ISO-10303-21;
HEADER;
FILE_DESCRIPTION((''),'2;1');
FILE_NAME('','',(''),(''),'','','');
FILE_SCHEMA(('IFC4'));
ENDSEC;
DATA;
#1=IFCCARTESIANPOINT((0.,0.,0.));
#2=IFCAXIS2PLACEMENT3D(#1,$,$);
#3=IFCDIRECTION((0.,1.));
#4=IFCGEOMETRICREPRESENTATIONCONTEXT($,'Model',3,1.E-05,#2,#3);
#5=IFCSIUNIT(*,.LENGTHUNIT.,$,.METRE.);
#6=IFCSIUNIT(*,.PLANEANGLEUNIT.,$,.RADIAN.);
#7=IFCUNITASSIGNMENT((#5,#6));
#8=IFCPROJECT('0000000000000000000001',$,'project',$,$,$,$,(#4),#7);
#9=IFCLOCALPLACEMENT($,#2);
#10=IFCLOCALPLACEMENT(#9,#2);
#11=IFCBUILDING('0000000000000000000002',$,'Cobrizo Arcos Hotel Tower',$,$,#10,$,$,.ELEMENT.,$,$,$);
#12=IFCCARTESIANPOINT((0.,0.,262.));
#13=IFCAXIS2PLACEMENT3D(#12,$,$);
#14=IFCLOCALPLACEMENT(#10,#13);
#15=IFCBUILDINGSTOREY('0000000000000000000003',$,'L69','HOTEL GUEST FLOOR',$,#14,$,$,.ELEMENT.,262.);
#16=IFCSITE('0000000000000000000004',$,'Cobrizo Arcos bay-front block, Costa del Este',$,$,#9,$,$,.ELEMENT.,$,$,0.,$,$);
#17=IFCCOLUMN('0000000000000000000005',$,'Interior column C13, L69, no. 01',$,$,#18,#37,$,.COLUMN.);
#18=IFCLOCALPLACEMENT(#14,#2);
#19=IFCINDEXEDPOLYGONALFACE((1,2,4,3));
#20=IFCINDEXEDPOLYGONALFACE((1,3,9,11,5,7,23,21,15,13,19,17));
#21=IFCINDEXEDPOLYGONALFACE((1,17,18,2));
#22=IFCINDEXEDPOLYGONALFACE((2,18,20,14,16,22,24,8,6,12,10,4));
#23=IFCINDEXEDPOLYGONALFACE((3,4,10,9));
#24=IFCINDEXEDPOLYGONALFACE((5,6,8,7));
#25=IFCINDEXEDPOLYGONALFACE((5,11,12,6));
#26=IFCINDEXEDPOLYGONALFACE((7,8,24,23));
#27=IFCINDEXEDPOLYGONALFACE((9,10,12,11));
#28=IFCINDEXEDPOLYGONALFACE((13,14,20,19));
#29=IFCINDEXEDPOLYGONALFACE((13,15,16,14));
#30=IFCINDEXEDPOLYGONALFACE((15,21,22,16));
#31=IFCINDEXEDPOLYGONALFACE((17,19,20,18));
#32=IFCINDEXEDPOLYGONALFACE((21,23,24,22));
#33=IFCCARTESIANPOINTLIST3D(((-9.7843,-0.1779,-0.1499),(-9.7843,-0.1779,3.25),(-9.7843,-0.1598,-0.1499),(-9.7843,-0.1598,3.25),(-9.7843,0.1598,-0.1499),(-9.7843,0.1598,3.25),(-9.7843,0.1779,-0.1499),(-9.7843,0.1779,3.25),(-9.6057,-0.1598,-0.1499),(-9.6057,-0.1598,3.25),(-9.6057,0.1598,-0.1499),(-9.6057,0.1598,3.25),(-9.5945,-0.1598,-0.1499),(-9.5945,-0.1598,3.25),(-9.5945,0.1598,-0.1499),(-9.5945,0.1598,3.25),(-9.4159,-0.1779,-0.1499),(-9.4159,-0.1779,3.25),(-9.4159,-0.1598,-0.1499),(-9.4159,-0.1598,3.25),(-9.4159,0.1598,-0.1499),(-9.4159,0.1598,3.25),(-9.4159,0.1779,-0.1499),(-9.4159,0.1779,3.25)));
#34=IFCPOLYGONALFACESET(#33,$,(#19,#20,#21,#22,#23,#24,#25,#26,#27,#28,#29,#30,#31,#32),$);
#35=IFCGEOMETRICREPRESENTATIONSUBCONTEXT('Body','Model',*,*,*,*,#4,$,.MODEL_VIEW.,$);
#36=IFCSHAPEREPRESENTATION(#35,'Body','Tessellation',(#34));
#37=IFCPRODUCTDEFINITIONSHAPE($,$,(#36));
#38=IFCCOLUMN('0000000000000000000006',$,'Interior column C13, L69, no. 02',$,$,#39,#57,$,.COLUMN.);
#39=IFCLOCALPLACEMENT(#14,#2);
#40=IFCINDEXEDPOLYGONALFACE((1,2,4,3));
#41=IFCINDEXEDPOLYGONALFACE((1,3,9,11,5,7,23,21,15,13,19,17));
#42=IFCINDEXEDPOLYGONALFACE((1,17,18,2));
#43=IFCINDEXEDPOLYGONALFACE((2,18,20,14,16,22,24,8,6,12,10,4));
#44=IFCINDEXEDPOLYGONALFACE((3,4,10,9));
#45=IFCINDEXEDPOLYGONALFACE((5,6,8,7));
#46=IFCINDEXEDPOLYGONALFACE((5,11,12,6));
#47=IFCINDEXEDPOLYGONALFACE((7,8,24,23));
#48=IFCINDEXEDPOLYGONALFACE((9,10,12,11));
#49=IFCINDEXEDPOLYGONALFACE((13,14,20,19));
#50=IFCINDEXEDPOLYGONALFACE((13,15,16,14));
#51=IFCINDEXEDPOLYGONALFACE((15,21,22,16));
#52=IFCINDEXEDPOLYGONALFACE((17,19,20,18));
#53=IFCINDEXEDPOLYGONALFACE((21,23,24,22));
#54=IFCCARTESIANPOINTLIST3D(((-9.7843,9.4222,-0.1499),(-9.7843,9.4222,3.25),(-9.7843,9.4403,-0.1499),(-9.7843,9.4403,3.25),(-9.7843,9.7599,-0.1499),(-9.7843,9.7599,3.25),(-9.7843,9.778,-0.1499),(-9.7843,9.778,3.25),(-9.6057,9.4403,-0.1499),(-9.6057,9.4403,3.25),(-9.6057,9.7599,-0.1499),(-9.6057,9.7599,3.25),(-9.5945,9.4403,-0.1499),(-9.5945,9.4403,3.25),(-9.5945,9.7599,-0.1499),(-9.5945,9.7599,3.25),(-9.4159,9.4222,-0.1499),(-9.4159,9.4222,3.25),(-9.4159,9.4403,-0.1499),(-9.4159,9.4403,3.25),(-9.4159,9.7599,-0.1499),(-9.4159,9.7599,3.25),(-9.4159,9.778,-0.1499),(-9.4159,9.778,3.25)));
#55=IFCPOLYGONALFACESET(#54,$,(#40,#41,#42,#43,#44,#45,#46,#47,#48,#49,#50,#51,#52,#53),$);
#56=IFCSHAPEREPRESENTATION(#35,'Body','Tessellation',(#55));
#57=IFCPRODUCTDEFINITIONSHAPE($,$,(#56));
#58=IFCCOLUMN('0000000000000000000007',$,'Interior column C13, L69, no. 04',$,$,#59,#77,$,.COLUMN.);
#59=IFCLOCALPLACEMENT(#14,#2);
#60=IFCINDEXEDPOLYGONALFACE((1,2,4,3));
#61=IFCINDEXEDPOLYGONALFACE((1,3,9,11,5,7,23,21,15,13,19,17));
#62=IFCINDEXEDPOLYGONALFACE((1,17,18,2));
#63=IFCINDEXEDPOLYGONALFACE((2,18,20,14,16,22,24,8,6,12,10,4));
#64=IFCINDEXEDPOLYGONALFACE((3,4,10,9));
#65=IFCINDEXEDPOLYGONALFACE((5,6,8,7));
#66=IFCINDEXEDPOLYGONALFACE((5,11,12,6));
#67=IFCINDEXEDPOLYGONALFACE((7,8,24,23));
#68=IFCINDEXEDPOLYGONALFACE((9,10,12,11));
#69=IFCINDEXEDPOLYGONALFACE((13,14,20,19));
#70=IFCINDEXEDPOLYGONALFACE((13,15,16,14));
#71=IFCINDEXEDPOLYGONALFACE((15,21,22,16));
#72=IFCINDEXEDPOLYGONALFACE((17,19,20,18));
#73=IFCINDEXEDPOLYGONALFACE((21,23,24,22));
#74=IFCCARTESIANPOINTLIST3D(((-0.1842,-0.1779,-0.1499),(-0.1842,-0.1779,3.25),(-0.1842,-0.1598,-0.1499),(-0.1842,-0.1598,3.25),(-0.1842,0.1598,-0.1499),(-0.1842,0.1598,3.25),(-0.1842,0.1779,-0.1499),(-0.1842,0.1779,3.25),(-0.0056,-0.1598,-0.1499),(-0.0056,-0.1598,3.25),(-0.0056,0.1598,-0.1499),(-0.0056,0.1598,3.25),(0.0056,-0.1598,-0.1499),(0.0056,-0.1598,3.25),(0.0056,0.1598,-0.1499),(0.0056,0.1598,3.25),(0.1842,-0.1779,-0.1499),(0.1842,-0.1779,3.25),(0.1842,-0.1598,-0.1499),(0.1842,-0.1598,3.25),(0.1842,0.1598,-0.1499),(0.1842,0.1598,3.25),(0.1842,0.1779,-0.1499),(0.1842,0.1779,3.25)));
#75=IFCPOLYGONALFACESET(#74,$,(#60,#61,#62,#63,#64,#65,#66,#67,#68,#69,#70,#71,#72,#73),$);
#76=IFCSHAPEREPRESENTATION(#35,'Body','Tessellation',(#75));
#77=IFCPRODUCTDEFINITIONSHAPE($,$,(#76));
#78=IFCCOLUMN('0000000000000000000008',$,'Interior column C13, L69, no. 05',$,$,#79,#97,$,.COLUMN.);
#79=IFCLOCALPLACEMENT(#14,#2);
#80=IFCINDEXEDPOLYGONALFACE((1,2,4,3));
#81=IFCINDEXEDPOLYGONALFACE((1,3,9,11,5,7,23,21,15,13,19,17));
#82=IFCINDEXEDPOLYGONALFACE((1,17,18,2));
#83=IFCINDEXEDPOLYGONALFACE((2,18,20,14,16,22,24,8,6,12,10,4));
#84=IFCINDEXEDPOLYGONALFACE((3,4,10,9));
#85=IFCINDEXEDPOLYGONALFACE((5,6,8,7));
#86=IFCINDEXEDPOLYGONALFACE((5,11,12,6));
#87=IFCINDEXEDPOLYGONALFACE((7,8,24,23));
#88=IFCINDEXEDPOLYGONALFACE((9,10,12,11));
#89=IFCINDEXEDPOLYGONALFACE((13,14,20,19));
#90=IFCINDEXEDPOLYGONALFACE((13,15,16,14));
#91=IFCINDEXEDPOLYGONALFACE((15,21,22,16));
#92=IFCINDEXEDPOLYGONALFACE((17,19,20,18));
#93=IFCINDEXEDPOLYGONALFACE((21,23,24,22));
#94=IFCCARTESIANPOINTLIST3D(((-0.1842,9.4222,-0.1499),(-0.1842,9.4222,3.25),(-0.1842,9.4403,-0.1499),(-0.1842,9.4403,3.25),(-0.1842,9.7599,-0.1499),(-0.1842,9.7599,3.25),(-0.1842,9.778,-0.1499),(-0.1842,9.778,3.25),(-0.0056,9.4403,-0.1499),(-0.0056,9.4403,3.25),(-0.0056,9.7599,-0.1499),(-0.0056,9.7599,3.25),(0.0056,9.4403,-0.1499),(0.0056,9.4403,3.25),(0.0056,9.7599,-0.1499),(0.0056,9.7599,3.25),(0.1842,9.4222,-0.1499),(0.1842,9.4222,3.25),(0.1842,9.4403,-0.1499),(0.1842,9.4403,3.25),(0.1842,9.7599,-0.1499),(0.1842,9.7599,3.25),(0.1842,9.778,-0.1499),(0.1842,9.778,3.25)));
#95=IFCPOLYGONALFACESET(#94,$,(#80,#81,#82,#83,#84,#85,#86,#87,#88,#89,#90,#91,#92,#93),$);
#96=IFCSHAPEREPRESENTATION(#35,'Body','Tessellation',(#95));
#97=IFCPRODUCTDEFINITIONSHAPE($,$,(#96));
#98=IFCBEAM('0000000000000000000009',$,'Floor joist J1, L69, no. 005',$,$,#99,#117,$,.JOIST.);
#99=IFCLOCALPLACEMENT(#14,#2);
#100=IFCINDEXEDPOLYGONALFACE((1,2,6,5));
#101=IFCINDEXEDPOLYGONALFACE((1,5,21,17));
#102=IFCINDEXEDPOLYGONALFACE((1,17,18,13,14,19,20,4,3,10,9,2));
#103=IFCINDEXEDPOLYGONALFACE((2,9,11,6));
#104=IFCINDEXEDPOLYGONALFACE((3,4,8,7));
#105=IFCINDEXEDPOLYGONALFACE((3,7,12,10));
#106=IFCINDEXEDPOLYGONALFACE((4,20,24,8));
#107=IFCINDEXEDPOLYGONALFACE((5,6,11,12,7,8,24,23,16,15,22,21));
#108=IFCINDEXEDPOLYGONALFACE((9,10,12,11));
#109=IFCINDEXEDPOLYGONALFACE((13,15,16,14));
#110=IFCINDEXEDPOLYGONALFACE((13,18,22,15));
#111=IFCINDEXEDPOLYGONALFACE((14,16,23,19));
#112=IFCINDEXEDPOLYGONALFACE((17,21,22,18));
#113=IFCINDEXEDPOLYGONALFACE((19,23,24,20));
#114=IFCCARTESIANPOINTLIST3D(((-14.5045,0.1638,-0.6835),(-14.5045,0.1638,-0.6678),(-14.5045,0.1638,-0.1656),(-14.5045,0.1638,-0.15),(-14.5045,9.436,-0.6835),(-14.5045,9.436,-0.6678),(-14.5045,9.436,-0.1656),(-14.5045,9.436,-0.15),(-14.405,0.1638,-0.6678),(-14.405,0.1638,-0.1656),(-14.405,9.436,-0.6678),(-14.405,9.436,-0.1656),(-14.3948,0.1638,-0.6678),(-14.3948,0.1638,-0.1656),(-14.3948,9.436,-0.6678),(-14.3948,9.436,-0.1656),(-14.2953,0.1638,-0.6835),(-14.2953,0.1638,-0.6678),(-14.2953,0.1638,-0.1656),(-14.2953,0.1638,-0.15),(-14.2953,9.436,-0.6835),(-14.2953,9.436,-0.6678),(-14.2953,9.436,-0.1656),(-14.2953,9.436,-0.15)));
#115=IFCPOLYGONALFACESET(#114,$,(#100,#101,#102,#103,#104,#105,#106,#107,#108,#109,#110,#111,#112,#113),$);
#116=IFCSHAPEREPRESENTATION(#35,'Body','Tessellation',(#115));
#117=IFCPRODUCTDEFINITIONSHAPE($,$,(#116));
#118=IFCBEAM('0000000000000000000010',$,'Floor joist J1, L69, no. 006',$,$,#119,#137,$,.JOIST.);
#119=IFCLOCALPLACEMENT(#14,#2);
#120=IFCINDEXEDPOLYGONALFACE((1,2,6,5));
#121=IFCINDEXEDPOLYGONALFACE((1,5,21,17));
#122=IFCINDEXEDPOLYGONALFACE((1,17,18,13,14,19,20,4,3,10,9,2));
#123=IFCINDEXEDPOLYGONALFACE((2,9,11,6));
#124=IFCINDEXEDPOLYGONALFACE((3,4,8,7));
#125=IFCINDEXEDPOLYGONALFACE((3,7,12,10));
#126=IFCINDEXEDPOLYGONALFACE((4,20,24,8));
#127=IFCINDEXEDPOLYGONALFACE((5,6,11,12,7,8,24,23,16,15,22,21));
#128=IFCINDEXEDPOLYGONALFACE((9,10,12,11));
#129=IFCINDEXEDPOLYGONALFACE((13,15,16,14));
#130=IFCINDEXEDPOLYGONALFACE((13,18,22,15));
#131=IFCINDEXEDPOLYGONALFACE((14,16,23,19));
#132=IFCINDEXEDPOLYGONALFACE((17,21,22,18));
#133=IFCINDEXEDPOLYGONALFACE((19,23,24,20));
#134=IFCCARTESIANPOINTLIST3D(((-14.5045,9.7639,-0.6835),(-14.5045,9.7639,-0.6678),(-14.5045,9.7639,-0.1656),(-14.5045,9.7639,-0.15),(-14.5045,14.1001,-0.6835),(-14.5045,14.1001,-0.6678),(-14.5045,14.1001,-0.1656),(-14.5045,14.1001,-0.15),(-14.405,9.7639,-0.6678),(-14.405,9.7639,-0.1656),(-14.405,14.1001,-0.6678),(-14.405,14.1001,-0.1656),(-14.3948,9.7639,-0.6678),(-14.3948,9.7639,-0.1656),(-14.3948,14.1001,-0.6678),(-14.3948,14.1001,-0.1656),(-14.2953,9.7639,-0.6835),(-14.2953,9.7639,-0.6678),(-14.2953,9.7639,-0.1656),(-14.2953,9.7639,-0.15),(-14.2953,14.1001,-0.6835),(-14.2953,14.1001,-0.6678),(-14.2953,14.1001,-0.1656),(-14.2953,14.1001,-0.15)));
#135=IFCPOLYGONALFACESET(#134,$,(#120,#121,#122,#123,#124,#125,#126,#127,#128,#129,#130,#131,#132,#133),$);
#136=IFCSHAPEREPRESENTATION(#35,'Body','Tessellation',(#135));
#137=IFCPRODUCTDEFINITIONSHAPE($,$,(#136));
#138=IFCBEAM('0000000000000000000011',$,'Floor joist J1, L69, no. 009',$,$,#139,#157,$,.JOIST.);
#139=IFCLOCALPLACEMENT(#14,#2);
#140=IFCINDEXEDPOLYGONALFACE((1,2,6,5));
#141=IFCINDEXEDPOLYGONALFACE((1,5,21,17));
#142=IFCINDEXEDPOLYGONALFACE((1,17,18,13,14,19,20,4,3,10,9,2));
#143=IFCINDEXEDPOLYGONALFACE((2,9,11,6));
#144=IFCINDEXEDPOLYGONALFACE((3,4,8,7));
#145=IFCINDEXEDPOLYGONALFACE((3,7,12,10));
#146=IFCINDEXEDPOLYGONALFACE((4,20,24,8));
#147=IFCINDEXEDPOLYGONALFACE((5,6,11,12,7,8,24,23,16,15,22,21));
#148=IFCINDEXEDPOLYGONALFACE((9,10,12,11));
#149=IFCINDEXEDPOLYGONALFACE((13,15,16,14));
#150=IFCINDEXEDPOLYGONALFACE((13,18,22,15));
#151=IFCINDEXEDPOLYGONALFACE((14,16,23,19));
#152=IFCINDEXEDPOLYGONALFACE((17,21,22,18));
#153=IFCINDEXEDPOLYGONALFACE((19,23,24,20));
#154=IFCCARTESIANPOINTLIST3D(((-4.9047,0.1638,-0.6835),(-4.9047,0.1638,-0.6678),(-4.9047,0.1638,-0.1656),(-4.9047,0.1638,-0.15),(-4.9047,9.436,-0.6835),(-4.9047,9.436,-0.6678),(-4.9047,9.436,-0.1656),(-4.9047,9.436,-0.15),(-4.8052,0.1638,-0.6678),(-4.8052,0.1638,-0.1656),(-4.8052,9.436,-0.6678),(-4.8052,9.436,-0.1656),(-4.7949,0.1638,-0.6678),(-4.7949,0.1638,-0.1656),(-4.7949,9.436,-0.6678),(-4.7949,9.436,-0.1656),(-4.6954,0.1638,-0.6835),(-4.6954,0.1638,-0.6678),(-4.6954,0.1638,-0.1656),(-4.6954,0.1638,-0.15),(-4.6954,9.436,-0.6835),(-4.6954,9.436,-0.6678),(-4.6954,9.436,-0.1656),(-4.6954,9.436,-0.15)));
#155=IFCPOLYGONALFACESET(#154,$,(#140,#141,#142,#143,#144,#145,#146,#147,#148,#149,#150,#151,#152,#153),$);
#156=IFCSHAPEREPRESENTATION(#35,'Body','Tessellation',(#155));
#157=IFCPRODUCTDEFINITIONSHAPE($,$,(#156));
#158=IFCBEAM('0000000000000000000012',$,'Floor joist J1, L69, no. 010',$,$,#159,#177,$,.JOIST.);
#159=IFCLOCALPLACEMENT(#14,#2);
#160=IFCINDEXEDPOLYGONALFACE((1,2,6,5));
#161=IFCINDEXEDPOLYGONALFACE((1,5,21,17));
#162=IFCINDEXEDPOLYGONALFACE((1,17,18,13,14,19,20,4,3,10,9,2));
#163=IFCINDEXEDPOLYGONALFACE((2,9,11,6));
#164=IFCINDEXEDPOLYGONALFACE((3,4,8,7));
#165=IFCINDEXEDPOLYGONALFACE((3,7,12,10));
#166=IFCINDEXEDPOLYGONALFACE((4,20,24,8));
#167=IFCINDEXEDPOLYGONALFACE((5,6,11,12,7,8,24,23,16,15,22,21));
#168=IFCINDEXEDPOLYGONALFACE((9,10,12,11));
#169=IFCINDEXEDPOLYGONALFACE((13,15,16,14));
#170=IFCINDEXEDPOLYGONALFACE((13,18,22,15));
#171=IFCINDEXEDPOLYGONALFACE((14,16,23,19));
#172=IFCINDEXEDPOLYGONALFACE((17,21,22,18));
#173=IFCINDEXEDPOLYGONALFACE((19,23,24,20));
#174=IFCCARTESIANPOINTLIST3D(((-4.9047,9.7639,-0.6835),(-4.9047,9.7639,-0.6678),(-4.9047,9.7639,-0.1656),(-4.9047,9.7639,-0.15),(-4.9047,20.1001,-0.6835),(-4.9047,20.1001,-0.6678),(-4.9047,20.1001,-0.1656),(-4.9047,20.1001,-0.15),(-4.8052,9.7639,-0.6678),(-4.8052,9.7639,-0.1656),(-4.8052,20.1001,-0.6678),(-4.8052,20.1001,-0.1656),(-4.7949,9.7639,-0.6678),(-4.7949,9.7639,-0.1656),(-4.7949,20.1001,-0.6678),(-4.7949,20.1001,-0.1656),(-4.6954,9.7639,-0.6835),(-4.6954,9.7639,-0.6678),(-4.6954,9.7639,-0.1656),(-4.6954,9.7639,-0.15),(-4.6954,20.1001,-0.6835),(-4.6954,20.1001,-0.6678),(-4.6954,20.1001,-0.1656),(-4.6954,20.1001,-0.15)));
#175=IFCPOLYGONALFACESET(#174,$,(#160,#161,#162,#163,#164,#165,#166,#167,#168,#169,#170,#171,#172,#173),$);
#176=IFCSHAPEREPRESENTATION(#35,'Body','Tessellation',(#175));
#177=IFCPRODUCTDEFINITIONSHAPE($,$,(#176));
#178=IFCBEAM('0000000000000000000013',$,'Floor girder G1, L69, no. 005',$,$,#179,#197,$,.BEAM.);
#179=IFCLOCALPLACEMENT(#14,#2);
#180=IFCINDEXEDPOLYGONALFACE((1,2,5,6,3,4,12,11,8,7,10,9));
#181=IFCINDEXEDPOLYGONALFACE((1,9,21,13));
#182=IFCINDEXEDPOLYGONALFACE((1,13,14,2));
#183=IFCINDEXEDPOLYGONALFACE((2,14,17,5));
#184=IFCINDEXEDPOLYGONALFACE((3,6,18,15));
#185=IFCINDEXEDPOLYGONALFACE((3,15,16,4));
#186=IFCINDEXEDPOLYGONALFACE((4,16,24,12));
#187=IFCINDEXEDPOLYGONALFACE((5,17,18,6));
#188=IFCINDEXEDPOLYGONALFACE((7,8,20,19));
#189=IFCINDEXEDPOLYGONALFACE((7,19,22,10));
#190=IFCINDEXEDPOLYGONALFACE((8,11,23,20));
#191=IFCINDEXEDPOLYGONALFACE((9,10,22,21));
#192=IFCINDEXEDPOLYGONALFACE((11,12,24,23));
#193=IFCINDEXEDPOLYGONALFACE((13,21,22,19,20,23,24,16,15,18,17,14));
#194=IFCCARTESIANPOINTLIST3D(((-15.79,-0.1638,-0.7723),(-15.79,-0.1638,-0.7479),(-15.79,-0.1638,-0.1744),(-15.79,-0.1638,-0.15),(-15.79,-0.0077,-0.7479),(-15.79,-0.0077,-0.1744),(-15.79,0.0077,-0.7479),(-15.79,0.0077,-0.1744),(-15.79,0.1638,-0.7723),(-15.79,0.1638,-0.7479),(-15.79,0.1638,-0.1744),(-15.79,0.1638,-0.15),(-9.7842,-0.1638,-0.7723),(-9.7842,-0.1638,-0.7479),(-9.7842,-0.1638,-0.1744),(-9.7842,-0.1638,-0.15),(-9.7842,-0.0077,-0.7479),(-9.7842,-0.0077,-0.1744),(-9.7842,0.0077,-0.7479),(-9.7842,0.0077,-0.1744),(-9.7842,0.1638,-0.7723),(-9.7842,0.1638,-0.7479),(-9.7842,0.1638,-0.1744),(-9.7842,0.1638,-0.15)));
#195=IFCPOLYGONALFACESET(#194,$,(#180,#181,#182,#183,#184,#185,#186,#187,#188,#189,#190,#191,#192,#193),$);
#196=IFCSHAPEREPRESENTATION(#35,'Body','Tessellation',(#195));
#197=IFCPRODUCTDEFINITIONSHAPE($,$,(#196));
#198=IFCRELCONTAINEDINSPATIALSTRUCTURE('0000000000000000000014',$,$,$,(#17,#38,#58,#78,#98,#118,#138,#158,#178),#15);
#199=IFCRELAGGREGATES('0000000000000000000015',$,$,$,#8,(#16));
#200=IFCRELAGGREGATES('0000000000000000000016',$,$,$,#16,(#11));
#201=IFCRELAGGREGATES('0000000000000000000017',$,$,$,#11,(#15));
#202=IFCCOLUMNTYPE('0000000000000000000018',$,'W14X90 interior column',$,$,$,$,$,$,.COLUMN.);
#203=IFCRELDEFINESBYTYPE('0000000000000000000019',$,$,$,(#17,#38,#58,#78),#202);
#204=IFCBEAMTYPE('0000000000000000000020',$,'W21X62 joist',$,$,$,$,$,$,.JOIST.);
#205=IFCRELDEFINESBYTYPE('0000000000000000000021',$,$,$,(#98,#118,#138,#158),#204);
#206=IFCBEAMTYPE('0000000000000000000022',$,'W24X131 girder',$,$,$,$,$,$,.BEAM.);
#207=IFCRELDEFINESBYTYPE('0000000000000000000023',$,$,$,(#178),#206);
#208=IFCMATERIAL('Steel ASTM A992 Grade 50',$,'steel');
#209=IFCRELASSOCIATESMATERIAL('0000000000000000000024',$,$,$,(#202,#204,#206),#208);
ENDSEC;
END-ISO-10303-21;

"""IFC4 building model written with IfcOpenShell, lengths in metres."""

from ifc_helpers import new_model, si_unit, direction, frame, origin, origin_2d, place, context, subcontext, project, spatial, i_section, extrude, material, material_profile, profile_set, type_object, element, save


model = new_model("IFC4")

# Units and contexts
model_context = context("Model", 3, precision=1e-05, world=origin(), true_north=direction((0.0, 1.0)))
body_context = subcontext(model_context, "Body", "Model", "MODEL_VIEW")
ifc_project = project(units=[si_unit("LENGTHUNIT", "METRE"), si_unit("PLANEANGLEUNIT", "RADIAN")], contexts=[model_context])

# Site, building, storey
site_placement = place(None, origin())
site = spatial("IfcSite", under=ifc_project, at=site_placement, Name="Cobrizo Arcos bay-front block, Costa del Este", CompositionType="ELEMENT", RefElevation=0.0)
building_placement = place(site_placement, origin())
building = spatial("IfcBuilding", under=site, at=building_placement, Name="Cobrizo Arcos Hotel Tower", CompositionType="ELEMENT")
storey_placement = place(building_placement, frame((0.0, 0.0, 262.0)))
storey = spatial("IfcBuildingStorey", under=building, at=storey_placement, Name="L69", Description="HOTEL GUEST FLOOR", CompositionType="ELEMENT", Elevation=262.0)

# Columns
ifc_material_1 = material(Name="Steel ASTM A992 Grade 50", Category="steel")
ifc_material_profile_1 = material_profile(ifc_material_1, i_section(OverallWidth=0.3684, OverallDepth=0.3557, WebThickness=0.0112, FlangeThickness=0.0181, at=origin_2d()), Name="W14X90")
ifc_profile_set_1 = profile_set([ifc_material_profile_1], Name="Steel ASTM A992 Grade 50")
column_type = type_object("IfcColumnType", Name="W14X90 interior column", PredefinedType="COLUMN", material=ifc_profile_set_1)
for number, where, z_axis, x_axis, name in (
    (1, (-9.6001, 0.0, -0.1499), (0.0, 0.0, 1.0), (1.0, 0.0, 0.0), "Interior column C13, L69, no. 01"),
    (2, (-9.6001, 9.6001, -0.1499), (0.0, 0.0, 1.0), (1.0, 0.0, 0.0), "Interior column C13, L69, no. 02"),
    (3, (0.0, 0.0, -0.1499), (0.0, 0.0, 1.0), (1.0, 0.0, 0.0), "Interior column C13, L69, no. 04"),
    (4, (0.0, 9.6001, -0.1499), (0.0, 0.0, 1.0), (1.0, 0.0, 0.0), "Interior column C13, L69, no. 05"),
):
    element("IfcColumn", number, at=place(storey_placement, frame(where, z_axis=z_axis, x_axis=x_axis)), inside=storey, type_object=column_type, Name=name, PredefinedType="COLUMN", context=body_context, shape_type="SweptSolid", body=[
        extrude(i_section(OverallWidth=0.3684, OverallDepth=0.3557, WebThickness=0.0112, FlangeThickness=0.0181, at=origin_2d()), origin(), (0.0, 0.0, 1.0), 3.3999),
    ])

# Beams
ifc_material_profile_2 = material_profile(ifc_material_1, i_section(OverallWidth=0.2092, OverallDepth=0.5334, WebThickness=0.0103, FlangeThickness=0.0156, at=origin_2d()), Name="W21X62")
ifc_profile_set_2 = profile_set([ifc_material_profile_2], Name="Steel ASTM A992 Grade 50")
beam_type_1 = type_object("IfcBeamType", Name="W21X62 joist", PredefinedType="JOIST", material=ifc_profile_set_2)
beam_1_placement = place(storey_placement, frame((-14.3999, 0.1638, -0.4167), z_axis=(0.0, 1.0, 0.0), x_axis=(-1.0, 0.0, 0.0)))
element("IfcBeam", 5, at=beam_1_placement, inside=storey, type_object=beam_type_1, Name="Floor joist J1, L69, no. 005", PredefinedType="JOIST", context=body_context, shape_type="SweptSolid", body=[
    extrude(i_section(OverallWidth=0.2092, OverallDepth=0.5334, WebThickness=0.0103, FlangeThickness=0.0156, at=origin_2d()), origin(), (0.0, 0.0, 1.0), 9.2722),
])
beam_2_placement = place(storey_placement, frame((-14.3999, 9.7639, -0.4167), z_axis=(0.0, 1.0, 0.0), x_axis=(-1.0, 0.0, 0.0)))
element("IfcBeam", 6, at=beam_2_placement, inside=storey, type_object=beam_type_1, Name="Floor joist J1, L69, no. 006", PredefinedType="JOIST", context=body_context, shape_type="SweptSolid", body=[
    extrude(i_section(OverallWidth=0.2092, OverallDepth=0.5334, WebThickness=0.0103, FlangeThickness=0.0156, at=origin_2d()), origin(), (0.0, 0.0, 1.0), 4.3362),
])
beam_3_placement = place(storey_placement, frame((-4.8, 0.1638, -0.4167), z_axis=(0.0, 1.0, 0.0), x_axis=(-1.0, 0.0, 0.0)))
element("IfcBeam", 7, at=beam_3_placement, inside=storey, type_object=beam_type_1, Name="Floor joist J1, L69, no. 009", PredefinedType="JOIST", context=body_context, shape_type="SweptSolid", body=[
    extrude(i_section(OverallWidth=0.2092, OverallDepth=0.5334, WebThickness=0.0103, FlangeThickness=0.0156, at=origin_2d()), origin(), (0.0, 0.0, 1.0), 9.2722),
])
beam_4_placement = place(storey_placement, frame((-4.8, 9.7639, -0.4167), z_axis=(0.0, 1.0, 0.0), x_axis=(-1.0, 0.0, 0.0)))
element("IfcBeam", 8, at=beam_4_placement, inside=storey, type_object=beam_type_1, Name="Floor joist J1, L69, no. 010", PredefinedType="JOIST", context=body_context, shape_type="SweptSolid", body=[
    extrude(i_section(OverallWidth=0.2092, OverallDepth=0.5334, WebThickness=0.0103, FlangeThickness=0.0156, at=origin_2d()), origin(), (0.0, 0.0, 1.0), 10.3362),
])
ifc_material_profile_3 = material_profile(ifc_material_1, i_section(OverallWidth=0.3276, OverallDepth=0.6223, WebThickness=0.0154, FlangeThickness=0.0244, at=origin_2d()), Name="W24X131")
ifc_profile_set_3 = profile_set([ifc_material_profile_3], Name="Steel ASTM A992 Grade 50")
beam_type_2 = type_object("IfcBeamType", Name="W24X131 girder", PredefinedType="BEAM", material=ifc_profile_set_3)
beam_5_placement = place(storey_placement, frame((-15.79, 0.0, -0.4612), z_axis=(1.0, 0.0, 0.0), x_axis=(0.0, 1.0, 0.0)))
element("IfcBeam", 9, at=beam_5_placement, inside=storey, type_object=beam_type_2, Name="Floor girder G1, L69, no. 005", PredefinedType="BEAM", context=body_context, shape_type="SweptSolid", body=[
    extrude(i_section(OverallWidth=0.3276, OverallDepth=0.6223, WebThickness=0.0154, FlangeThickness=0.0244, at=origin_2d()), origin(), (0.0, 0.0, 1.0), 6.0059),
])

save(model, "model.ifc")
